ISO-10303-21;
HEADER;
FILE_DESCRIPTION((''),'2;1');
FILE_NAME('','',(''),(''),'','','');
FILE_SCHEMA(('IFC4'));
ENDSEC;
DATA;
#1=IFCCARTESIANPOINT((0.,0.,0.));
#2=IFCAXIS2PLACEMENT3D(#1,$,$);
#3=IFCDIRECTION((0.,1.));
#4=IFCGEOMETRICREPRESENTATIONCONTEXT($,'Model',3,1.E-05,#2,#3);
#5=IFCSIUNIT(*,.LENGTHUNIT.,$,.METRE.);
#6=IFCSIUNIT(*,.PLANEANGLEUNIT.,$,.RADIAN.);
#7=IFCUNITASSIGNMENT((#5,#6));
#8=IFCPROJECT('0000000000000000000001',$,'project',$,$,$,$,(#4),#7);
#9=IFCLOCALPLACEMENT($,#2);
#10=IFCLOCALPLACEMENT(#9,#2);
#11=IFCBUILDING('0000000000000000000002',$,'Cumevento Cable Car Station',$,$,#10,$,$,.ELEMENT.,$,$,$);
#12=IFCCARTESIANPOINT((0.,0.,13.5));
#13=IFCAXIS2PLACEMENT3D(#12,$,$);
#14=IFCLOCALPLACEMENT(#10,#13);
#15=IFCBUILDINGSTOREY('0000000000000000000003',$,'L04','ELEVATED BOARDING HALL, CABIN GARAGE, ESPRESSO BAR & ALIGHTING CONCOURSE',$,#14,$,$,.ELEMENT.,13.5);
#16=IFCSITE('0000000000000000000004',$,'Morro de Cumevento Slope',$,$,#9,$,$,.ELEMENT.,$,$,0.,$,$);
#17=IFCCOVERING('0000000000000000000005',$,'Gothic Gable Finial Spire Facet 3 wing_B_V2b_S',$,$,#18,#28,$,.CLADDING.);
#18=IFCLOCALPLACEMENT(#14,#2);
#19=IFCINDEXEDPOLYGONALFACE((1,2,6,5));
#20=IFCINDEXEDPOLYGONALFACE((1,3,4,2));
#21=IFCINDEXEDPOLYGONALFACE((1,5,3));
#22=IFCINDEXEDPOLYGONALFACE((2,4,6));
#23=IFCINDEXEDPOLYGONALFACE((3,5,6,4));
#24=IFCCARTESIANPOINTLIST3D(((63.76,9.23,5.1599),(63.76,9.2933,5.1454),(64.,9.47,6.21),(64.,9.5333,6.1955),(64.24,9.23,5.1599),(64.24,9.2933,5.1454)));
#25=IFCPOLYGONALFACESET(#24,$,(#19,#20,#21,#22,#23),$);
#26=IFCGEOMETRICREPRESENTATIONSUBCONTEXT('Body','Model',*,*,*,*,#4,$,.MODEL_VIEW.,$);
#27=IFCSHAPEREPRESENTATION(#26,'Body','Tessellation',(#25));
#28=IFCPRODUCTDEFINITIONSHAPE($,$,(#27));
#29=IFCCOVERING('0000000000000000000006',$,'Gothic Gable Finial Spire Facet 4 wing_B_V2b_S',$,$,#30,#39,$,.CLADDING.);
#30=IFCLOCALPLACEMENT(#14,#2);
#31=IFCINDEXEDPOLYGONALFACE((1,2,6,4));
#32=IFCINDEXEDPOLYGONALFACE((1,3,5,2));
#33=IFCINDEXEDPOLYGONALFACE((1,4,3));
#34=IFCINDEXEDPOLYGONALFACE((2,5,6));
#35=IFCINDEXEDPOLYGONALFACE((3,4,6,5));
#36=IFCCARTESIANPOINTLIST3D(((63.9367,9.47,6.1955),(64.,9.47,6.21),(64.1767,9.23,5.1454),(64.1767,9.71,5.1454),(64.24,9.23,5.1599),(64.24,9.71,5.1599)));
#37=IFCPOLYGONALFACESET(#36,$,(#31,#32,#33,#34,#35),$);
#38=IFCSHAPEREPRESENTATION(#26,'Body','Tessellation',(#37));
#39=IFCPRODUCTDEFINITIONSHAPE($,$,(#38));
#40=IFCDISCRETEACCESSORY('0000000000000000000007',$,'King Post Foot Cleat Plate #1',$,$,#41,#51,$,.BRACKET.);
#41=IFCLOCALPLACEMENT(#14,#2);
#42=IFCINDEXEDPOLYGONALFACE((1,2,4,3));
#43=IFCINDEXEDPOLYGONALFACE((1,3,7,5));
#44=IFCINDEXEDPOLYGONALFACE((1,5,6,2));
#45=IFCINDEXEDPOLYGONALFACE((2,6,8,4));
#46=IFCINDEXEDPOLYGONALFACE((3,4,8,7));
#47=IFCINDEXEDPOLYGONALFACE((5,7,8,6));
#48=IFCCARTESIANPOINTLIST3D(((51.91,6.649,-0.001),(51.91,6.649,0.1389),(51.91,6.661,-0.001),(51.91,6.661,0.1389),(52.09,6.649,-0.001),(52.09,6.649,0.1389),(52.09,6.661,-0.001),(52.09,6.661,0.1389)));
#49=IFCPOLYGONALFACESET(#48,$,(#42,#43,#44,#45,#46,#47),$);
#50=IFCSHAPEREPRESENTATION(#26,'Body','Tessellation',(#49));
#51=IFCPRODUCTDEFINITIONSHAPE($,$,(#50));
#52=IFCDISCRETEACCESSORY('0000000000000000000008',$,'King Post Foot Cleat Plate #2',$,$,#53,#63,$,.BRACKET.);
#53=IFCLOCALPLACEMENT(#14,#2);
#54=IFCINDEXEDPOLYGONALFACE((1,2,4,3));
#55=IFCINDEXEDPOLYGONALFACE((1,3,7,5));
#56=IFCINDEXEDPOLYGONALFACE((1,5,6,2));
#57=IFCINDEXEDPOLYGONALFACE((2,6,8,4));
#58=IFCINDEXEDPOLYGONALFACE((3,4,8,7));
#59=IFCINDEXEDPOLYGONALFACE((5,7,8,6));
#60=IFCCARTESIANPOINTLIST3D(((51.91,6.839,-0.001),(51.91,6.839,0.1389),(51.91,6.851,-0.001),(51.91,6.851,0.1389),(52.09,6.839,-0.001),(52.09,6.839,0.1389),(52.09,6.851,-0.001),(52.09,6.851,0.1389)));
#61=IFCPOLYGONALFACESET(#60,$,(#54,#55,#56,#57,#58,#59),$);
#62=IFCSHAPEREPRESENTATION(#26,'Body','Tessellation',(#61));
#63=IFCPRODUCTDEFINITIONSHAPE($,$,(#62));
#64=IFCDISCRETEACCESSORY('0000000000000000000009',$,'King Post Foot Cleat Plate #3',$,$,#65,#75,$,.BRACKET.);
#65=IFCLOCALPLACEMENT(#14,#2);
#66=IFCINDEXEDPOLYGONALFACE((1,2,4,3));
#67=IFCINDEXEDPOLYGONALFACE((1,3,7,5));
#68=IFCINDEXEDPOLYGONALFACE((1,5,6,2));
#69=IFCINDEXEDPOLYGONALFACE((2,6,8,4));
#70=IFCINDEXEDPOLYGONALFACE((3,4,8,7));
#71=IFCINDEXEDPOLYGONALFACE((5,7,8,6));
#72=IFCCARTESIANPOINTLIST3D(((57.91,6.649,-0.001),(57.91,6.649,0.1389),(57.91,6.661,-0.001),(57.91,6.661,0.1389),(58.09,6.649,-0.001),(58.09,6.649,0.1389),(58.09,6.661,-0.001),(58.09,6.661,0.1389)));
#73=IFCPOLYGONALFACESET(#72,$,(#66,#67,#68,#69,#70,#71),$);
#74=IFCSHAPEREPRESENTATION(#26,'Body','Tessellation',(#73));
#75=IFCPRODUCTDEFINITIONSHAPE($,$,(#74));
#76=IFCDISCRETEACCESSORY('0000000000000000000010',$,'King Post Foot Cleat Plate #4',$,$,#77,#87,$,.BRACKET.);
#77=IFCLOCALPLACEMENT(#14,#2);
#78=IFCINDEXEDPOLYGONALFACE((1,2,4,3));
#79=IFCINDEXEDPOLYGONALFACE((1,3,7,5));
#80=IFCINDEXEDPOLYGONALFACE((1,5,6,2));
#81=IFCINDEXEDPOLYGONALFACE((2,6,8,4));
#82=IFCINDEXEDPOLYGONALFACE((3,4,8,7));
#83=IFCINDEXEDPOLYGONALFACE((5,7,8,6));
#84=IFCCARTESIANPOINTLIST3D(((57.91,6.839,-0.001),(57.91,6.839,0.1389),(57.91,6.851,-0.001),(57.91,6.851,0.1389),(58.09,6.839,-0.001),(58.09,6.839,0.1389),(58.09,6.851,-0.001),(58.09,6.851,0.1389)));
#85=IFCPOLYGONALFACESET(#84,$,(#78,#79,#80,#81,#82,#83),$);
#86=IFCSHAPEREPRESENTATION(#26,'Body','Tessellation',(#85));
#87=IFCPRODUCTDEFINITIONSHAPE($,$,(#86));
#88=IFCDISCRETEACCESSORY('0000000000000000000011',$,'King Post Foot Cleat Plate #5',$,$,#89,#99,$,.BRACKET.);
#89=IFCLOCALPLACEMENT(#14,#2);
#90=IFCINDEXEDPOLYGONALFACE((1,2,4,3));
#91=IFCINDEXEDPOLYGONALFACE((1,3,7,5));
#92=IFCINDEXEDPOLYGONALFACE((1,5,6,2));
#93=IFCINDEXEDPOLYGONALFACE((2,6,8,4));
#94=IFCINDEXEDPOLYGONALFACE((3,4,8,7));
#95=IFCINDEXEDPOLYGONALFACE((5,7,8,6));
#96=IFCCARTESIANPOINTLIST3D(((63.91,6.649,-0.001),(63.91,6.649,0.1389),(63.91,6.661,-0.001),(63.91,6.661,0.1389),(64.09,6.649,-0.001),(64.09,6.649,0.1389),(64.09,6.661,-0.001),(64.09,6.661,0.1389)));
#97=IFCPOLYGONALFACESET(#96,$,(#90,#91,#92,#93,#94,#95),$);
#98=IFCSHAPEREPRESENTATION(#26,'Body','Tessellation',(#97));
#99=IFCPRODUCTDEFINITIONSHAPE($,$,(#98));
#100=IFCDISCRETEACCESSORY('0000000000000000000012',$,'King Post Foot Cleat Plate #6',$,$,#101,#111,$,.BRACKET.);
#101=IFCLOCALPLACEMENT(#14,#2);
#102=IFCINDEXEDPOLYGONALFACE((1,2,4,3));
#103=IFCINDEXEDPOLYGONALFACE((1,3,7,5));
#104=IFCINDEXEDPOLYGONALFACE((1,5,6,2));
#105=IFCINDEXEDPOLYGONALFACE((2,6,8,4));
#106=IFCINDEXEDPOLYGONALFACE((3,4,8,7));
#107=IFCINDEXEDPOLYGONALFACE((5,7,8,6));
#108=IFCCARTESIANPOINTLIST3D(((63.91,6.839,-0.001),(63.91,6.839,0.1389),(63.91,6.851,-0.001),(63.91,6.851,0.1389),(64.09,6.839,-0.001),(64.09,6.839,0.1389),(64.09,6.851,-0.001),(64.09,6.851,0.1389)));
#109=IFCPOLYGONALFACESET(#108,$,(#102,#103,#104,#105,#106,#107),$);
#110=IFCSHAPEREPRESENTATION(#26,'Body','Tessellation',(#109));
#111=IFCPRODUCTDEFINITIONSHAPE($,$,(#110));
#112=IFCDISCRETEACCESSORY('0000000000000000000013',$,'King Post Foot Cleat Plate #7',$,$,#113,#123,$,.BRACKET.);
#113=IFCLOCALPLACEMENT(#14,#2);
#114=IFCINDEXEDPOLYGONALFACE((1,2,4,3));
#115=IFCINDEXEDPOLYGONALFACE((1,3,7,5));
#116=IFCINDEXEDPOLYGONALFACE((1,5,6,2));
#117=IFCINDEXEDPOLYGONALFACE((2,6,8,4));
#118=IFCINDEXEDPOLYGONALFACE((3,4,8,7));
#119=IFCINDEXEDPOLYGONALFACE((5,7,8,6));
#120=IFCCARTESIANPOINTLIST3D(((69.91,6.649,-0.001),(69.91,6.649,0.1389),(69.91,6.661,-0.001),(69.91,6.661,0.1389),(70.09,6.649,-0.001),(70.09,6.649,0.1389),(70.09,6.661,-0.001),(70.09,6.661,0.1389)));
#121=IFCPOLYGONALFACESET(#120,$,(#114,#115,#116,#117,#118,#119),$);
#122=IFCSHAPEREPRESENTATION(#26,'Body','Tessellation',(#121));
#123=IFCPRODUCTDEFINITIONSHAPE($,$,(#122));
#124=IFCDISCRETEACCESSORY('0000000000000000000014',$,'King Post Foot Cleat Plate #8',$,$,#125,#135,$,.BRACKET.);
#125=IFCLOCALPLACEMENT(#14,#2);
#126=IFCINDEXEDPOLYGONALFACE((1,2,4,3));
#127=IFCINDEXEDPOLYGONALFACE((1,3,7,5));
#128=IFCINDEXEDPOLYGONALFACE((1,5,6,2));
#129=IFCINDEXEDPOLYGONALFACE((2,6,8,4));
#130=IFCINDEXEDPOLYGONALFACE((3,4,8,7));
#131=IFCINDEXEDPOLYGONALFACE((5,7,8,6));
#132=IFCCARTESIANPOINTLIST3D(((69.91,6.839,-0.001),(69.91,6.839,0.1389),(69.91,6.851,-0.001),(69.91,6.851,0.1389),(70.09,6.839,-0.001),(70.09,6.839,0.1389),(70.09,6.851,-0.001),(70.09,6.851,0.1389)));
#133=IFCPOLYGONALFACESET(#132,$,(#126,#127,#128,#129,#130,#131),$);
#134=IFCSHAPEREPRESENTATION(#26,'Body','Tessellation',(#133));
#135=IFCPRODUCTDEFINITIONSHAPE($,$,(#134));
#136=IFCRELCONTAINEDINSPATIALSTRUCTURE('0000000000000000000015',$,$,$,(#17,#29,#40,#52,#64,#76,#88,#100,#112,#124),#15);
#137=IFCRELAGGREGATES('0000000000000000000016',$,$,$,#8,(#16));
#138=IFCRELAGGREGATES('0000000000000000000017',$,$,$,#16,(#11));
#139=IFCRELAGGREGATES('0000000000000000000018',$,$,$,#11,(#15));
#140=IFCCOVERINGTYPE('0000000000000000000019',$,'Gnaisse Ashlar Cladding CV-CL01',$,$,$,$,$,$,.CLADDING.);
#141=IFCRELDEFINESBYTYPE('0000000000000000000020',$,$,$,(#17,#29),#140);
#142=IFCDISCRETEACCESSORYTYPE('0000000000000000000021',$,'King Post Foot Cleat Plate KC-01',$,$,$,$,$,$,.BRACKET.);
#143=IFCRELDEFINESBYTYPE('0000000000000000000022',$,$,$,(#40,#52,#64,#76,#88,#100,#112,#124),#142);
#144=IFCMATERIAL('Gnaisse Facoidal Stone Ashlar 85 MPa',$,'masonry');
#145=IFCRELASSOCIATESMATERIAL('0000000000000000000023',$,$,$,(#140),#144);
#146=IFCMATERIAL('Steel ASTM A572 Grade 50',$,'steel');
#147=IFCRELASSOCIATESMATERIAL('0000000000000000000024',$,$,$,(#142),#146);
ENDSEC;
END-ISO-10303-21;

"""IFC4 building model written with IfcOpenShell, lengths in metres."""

from ifc_helpers import new_model, si_unit, direction, frame, origin, origin_2d, place, context, subcontext, project, spatial, polyline, rectangle, outline, extrude, material, type_object, element, save


model = new_model("IFC4")

# Units and contexts
model_context = context("Model", 3, precision=1e-05, world=origin(), true_north=direction((0.0, 1.0)))
body_context = subcontext(model_context, "Body", "Model", "MODEL_VIEW")
ifc_project = project(units=[si_unit("LENGTHUNIT", "METRE"), si_unit("PLANEANGLEUNIT", "RADIAN")], contexts=[model_context])

# Site, building, storey
site_placement = place(None, origin())
site = spatial("IfcSite", under=ifc_project, at=site_placement, Name="Morro de Cumevento Slope", CompositionType="ELEMENT", RefElevation=0.0)
building_placement = place(site_placement, origin())
building = spatial("IfcBuilding", under=site, at=building_placement, Name="Cumevento Cable Car Station", CompositionType="ELEMENT")
storey_placement = place(building_placement, frame((0.0, 0.0, 13.5)))
storey = spatial("IfcBuildingStorey", under=building, at=storey_placement, Name="L04", Description="ELEVATED BOARDING HALL, CABIN GARAGE, ESPRESSO BAR & ALIGHTING CONCOURSE", CompositionType="ELEMENT", Elevation=13.5)

# Coverings
ifc_material_1 = material(Name="Gnaisse Facoidal Stone Ashlar 85 MPa", Category="masonry")
covering_type = type_object("IfcCoveringType", Name="Gnaisse Ashlar Cladding CV-CL01", PredefinedType="CLADDING", material=ifc_material_1)
for number, where, z_axis, x_axis, name in (
    (1, (63.76, 9.23, 5.1599), (0.0, -0.974863, 0.222806), (1.0, 0.0, 0.0), "Gothic Gable Finial Spire Facet 3 wing_B_V2b_S"),
    (2, (64.24, 9.23, 5.1599), (0.974863, 0.0, 0.222806), (0.0, 1.0, 0.0), "Gothic Gable Finial Spire Facet 4 wing_B_V2b_S"),
):
    element("IfcCovering", number, at=place(storey_placement, frame(where, z_axis=z_axis, x_axis=x_axis)), inside=storey, type_object=covering_type, Name=name, PredefinedType="CLADDING", context=body_context, shape_type="SweptSolid", body=[
        extrude(outline(polyline([(0.0, 0.0), (0.48, 0.0), (0.24, 1.0771), (0.0, 0.0)])), origin(), (0.0, 0.0, -1.0), 0.0649),
    ])

# Discrete accessories
ifc_material_2 = material(Name="Steel ASTM A572 Grade 50", Category="steel")
discrete_accessory_type = type_object("IfcDiscreteAccessoryType", Name="King Post Foot Cleat Plate KC-01", PredefinedType="BRACKET", material=ifc_material_2)
for number, where, z_axis, x_axis, name in (
    (3, (52.0, 6.655, -0.001), (0.0, 0.0, 1.0), (0.0, 1.0, 0.0), "King Post Foot Cleat Plate #1"),
    (4, (52.0, 6.845, -0.001), (0.0, 0.0, 1.0), (0.0, 1.0, 0.0), "King Post Foot Cleat Plate #2"),
    (5, (58.0, 6.655, -0.001), (0.0, 0.0, 1.0), (0.0, 1.0, 0.0), "King Post Foot Cleat Plate #3"),
    (6, (58.0, 6.845, -0.001), (0.0, 0.0, 1.0), (0.0, 1.0, 0.0), "King Post Foot Cleat Plate #4"),
    (7, (64.0, 6.655, -0.001), (0.0, 0.0, 1.0), (0.0, 1.0, 0.0), "King Post Foot Cleat Plate #5"),
    (8, (64.0, 6.845, -0.001), (0.0, 0.0, 1.0), (0.0, 1.0, 0.0), "King Post Foot Cleat Plate #6"),
    (9, (70.0, 6.655, -0.001), (0.0, 0.0, 1.0), (0.0, 1.0, 0.0), "King Post Foot Cleat Plate #7"),
    (10, (70.0, 6.845, -0.001), (0.0, 0.0, 1.0), (0.0, 1.0, 0.0), "King Post Foot Cleat Plate #8"),
):
    element("IfcDiscreteAccessory", number, at=place(storey_placement, frame(where, z_axis=z_axis, x_axis=x_axis)), inside=storey, type_object=discrete_accessory_type, Name=name, PredefinedType="BRACKET", context=body_context, shape_type="SweptSolid", body=[
        extrude(rectangle(XDim=0.012, YDim=0.1799, at=origin_2d()), origin(), (0.0, 0.0, 1.0), 0.1399),
    ])

save(model, "model.ifc")
